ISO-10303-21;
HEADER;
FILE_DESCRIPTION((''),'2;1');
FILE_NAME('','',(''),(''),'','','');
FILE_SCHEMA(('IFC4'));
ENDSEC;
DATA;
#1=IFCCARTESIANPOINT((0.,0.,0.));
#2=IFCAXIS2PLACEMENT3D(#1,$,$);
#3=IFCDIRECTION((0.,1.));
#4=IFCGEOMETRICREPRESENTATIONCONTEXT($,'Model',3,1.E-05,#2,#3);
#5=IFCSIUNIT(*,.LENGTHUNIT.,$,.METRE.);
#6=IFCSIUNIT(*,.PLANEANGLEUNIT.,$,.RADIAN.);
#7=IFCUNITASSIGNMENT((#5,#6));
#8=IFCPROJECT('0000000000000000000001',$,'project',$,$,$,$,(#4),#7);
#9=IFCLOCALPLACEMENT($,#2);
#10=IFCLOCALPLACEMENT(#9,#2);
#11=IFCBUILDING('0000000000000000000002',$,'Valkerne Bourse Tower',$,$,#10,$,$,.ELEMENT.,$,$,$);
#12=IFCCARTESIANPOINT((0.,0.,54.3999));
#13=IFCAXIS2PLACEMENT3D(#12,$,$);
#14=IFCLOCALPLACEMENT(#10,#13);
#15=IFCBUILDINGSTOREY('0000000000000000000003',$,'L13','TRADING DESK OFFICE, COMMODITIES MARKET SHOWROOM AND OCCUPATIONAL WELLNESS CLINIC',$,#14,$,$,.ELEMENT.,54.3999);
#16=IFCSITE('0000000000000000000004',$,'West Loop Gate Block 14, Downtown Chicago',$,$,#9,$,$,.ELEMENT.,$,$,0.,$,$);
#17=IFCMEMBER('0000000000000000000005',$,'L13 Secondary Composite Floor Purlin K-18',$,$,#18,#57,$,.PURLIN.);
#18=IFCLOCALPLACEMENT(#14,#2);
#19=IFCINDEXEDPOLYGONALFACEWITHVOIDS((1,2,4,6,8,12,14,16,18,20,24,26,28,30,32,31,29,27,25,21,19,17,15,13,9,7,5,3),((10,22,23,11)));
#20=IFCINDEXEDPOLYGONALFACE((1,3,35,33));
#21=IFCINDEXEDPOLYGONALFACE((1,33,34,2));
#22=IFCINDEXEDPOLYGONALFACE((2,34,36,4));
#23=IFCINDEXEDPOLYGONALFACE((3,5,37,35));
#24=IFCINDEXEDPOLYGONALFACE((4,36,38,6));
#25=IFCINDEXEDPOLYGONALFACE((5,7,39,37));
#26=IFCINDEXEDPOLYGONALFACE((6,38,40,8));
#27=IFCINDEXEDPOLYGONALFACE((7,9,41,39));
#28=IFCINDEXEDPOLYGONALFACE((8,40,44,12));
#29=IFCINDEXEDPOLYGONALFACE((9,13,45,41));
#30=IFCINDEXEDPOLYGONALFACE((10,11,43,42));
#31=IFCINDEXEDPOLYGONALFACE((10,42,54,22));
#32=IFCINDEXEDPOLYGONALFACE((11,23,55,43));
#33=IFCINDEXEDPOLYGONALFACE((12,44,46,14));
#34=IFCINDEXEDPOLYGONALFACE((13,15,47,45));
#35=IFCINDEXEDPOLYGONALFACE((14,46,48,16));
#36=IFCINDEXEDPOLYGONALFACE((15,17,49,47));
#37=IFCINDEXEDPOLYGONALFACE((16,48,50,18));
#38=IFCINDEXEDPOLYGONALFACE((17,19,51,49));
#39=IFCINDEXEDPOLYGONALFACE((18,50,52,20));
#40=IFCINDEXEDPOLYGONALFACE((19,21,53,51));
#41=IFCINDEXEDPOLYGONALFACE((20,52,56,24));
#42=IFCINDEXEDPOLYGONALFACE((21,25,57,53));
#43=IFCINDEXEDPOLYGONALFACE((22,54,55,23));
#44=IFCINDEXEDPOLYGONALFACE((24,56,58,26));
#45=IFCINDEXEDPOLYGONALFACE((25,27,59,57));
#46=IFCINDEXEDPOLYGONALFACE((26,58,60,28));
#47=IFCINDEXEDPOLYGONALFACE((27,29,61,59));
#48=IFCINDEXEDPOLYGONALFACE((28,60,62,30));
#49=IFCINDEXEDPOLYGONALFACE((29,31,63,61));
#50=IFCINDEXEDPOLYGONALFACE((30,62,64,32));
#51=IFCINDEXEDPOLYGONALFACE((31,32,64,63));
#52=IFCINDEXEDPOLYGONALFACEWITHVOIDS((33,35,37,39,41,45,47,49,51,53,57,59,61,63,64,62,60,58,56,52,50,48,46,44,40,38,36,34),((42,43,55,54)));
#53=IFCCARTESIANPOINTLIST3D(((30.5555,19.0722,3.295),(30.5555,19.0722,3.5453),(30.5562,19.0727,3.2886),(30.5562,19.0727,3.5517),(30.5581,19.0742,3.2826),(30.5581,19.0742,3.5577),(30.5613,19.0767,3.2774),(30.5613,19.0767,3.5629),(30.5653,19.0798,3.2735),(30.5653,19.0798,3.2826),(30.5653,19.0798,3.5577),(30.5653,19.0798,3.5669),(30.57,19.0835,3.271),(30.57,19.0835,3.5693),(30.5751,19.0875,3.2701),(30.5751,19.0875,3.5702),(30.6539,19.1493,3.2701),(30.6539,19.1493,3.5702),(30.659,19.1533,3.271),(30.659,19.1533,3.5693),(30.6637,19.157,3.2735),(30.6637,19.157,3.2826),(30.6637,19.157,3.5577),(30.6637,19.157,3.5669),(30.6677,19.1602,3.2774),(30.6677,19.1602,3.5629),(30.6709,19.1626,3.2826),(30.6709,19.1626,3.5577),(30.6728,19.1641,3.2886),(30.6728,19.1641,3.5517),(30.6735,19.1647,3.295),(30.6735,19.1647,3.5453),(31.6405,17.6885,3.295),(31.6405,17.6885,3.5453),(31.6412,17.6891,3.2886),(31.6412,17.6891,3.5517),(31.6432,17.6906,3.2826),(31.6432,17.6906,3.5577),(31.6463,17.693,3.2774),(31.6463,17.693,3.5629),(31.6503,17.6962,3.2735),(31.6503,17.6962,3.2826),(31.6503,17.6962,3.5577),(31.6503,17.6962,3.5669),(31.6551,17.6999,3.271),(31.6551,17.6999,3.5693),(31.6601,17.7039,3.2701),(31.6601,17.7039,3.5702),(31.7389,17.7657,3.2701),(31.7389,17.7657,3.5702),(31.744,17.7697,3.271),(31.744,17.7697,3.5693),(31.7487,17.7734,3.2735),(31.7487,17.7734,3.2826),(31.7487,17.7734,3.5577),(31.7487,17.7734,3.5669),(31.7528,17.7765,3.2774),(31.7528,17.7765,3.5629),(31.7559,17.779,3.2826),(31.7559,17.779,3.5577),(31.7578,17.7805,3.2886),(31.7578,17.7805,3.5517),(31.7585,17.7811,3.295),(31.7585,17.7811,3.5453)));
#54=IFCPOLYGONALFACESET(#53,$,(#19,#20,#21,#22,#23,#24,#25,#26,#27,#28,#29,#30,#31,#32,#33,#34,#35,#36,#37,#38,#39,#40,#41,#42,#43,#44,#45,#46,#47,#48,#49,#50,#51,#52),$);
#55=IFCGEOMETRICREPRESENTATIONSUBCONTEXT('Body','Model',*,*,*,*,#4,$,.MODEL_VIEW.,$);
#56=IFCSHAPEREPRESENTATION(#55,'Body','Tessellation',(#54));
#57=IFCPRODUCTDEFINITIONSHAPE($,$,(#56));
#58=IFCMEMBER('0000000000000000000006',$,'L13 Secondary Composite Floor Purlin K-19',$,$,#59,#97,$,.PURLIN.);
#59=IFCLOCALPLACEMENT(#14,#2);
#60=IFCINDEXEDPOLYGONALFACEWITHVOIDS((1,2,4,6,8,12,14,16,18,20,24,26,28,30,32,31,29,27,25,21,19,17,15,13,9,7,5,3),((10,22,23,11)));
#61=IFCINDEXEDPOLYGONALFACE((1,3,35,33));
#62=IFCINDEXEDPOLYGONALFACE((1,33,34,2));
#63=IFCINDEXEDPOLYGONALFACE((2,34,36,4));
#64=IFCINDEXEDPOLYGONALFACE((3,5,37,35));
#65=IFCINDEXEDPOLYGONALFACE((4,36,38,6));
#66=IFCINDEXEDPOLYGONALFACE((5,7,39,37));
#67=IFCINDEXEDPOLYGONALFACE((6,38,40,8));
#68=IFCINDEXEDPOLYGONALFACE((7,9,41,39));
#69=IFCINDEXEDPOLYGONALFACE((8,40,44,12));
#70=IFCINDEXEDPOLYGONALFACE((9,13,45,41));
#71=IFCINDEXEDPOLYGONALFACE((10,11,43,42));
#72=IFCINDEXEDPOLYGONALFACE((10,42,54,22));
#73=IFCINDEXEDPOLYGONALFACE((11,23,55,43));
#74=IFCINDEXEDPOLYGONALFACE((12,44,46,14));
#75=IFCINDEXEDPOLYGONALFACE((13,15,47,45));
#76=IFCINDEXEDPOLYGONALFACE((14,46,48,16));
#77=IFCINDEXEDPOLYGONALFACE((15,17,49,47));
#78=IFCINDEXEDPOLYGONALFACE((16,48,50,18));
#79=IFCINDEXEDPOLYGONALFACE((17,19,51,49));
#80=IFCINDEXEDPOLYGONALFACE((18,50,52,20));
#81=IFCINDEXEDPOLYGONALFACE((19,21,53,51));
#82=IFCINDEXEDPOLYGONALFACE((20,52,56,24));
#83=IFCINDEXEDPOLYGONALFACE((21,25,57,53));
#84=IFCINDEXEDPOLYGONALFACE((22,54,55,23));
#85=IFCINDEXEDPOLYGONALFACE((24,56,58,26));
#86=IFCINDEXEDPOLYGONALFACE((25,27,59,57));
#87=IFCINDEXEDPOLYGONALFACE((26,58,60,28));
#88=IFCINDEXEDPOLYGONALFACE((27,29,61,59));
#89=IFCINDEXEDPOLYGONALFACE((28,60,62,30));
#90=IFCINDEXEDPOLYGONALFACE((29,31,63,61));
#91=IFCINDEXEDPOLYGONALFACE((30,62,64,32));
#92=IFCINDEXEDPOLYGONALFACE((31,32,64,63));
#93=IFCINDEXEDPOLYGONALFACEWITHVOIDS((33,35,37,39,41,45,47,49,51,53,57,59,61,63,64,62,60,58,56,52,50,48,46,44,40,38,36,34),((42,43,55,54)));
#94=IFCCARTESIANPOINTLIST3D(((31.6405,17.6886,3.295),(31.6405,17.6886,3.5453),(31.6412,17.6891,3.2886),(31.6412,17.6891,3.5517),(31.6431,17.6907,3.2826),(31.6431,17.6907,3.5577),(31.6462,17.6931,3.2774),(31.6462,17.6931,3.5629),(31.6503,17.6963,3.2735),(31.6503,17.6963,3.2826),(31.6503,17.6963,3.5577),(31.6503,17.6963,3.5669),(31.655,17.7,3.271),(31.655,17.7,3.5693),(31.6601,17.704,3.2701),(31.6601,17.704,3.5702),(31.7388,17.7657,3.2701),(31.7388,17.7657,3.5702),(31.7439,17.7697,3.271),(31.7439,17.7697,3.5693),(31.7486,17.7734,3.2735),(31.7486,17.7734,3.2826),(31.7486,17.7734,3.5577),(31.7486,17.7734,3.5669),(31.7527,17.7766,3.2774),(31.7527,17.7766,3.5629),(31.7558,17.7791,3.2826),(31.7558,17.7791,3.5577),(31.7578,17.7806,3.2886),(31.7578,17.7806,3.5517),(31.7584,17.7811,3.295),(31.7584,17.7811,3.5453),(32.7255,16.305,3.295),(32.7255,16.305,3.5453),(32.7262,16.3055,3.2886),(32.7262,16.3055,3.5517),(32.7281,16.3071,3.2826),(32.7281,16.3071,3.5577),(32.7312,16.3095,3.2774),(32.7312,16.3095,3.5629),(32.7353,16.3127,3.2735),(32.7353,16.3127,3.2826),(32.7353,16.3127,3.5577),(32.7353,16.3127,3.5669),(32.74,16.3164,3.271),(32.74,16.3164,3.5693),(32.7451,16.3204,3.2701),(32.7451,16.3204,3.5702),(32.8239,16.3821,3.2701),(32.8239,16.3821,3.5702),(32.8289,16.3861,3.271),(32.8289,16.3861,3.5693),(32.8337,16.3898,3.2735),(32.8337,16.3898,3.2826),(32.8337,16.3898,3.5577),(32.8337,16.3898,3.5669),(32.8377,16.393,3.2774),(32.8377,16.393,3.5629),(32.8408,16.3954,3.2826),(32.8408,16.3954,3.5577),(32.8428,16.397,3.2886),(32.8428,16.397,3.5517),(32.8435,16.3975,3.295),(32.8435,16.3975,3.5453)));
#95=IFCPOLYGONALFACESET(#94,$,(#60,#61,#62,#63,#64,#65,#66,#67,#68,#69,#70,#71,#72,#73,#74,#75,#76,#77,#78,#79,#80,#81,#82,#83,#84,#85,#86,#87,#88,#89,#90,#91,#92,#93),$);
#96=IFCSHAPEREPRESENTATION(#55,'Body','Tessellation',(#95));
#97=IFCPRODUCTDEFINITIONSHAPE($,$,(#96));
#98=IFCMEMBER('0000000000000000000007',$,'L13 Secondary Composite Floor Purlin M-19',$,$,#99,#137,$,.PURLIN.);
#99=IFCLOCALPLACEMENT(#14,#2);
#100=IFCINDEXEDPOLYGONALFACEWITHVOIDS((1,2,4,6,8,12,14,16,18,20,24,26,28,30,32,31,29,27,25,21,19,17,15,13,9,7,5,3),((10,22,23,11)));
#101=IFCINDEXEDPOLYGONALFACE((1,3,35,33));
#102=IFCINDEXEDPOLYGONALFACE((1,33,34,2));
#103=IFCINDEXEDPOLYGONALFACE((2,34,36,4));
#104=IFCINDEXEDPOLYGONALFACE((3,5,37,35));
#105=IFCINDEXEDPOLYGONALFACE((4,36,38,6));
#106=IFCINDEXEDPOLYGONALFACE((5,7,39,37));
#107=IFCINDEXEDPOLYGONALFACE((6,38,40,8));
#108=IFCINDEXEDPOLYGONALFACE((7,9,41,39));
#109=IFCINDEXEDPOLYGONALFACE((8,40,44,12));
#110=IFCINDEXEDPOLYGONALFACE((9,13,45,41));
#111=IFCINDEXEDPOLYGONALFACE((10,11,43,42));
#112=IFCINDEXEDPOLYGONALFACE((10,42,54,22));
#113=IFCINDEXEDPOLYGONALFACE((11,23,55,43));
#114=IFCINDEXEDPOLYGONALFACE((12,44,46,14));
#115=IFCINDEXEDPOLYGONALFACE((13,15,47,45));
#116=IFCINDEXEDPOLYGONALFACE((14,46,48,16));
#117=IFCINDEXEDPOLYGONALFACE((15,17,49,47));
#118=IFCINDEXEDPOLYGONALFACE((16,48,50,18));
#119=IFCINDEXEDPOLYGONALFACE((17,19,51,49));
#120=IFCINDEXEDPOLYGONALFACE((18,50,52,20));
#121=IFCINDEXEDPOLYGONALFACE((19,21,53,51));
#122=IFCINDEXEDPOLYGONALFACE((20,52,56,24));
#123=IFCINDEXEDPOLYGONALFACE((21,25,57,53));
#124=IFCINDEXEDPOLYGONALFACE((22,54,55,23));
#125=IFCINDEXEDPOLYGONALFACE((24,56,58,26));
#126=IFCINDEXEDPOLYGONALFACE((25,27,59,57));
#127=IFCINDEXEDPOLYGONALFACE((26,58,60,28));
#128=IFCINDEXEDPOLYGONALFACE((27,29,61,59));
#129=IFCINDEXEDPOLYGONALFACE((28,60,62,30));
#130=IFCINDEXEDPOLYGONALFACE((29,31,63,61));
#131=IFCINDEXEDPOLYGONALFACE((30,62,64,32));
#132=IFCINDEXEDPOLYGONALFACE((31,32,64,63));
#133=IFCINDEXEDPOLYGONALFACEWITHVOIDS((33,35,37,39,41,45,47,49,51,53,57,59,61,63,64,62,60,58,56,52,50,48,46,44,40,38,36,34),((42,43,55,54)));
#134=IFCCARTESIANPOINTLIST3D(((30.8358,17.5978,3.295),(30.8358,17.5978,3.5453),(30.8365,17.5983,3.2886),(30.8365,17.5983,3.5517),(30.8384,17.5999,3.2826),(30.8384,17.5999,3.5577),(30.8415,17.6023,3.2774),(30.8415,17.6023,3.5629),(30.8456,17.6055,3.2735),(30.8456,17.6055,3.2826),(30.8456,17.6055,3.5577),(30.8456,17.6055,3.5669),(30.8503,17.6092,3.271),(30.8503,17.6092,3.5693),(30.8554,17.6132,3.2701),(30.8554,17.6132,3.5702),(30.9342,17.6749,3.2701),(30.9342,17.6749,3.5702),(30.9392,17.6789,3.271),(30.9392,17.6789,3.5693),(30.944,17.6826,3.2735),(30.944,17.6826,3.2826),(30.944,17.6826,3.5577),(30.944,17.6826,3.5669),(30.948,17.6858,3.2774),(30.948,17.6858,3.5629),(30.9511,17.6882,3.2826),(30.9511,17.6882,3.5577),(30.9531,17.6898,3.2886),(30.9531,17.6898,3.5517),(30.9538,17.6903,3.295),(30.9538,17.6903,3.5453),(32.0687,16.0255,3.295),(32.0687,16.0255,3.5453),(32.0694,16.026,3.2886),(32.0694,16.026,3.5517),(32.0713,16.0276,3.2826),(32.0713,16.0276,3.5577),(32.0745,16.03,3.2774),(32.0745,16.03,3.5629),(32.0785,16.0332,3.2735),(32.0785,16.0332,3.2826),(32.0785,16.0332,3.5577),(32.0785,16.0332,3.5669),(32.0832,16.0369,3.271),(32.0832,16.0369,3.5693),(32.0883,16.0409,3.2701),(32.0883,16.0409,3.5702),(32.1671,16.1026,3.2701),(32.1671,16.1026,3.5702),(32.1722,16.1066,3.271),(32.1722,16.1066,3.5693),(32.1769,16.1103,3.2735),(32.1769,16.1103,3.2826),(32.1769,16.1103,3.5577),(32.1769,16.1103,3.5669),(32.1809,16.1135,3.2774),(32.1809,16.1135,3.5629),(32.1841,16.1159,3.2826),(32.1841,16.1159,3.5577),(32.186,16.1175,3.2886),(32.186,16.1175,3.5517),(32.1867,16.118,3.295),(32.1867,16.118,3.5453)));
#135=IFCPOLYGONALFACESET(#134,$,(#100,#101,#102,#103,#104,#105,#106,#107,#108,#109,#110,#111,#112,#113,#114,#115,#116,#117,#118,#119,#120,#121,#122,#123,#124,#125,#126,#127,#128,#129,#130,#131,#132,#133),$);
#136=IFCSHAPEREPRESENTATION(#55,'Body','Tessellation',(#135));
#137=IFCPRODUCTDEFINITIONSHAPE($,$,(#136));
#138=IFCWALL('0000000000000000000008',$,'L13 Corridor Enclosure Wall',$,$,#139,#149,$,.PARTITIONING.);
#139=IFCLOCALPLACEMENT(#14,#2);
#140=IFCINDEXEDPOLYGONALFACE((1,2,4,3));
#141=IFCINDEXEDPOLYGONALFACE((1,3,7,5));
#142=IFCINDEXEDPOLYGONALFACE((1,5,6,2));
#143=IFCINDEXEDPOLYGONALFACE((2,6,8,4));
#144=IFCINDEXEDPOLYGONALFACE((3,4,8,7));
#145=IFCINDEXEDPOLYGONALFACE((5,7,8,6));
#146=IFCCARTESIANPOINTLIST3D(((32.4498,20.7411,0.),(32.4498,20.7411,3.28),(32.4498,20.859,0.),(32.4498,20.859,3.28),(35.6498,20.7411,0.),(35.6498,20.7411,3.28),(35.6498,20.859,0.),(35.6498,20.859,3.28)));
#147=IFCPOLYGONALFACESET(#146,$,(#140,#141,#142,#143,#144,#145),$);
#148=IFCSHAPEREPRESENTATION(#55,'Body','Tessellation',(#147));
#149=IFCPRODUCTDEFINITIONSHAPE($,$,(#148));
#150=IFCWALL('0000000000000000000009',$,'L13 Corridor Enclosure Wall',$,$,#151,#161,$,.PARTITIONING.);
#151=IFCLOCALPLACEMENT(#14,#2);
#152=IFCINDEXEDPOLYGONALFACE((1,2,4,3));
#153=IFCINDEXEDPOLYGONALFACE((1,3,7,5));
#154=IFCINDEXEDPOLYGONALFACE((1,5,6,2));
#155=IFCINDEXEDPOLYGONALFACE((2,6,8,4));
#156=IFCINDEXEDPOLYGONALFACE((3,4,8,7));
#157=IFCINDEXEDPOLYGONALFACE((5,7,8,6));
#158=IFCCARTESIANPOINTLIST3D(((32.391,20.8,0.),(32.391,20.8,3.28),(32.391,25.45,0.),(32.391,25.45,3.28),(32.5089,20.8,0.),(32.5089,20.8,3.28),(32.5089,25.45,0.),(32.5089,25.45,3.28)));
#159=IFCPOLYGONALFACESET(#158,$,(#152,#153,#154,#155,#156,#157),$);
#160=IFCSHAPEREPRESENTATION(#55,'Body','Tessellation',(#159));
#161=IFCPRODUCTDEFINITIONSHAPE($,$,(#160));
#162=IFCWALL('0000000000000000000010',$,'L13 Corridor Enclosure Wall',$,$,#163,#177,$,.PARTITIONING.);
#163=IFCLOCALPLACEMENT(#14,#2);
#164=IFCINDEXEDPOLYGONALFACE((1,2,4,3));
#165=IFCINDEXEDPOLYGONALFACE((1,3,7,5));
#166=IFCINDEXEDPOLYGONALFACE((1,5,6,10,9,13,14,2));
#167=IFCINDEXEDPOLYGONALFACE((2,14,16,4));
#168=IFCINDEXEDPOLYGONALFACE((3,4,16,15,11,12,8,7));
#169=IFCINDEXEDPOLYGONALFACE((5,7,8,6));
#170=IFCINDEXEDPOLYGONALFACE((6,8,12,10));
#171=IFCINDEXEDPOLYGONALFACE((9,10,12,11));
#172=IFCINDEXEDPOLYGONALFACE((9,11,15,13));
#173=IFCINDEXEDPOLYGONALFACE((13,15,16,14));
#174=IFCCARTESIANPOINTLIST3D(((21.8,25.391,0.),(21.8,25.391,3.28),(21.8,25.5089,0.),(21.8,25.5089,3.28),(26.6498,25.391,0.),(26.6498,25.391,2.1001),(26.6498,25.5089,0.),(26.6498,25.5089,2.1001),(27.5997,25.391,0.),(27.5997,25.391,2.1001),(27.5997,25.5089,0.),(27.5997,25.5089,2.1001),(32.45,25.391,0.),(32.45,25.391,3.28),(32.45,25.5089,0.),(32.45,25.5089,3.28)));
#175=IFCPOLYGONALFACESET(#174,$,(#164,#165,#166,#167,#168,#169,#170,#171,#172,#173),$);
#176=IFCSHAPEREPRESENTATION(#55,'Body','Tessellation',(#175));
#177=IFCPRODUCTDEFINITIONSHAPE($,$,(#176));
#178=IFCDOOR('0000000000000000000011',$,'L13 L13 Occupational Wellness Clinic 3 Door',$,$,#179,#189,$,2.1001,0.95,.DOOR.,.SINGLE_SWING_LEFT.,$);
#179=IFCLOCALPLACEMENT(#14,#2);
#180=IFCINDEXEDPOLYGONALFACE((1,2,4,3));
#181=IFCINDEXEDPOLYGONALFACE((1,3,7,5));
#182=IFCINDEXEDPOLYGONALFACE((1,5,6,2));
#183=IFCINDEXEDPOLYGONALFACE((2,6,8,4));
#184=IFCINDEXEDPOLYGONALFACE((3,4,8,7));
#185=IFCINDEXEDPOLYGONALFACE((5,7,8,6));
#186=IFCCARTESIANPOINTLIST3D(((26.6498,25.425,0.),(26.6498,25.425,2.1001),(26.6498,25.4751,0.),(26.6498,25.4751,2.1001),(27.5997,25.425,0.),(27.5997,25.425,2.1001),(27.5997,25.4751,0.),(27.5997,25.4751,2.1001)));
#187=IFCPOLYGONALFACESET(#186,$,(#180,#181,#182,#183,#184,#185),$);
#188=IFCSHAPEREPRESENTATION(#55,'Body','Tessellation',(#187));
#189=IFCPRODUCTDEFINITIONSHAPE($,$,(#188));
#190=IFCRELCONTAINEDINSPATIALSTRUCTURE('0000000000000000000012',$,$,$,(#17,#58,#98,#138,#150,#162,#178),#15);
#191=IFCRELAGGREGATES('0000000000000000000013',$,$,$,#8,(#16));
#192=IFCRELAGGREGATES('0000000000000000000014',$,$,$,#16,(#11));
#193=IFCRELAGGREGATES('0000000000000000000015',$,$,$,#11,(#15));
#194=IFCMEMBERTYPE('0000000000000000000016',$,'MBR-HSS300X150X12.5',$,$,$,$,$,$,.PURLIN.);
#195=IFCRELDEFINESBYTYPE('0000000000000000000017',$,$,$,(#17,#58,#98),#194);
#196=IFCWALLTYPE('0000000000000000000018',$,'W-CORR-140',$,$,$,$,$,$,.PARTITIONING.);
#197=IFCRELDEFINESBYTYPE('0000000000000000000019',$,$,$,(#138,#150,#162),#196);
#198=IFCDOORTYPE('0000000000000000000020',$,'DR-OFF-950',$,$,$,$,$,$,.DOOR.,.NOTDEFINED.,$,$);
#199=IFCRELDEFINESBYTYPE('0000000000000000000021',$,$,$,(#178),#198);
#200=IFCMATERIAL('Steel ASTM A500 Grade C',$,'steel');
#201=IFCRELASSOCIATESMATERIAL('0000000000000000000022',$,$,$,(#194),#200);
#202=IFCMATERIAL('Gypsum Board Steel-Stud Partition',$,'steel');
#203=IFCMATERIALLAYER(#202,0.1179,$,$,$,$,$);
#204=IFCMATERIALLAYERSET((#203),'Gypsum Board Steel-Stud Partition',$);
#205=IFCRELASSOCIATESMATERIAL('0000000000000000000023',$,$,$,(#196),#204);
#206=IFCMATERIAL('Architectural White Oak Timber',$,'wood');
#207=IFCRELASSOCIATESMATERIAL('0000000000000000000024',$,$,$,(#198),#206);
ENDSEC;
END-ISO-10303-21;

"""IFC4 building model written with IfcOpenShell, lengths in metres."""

from ifc_helpers import new_model, si_unit, direction, frame, frame_2d, origin, origin_2d, place, context, subcontext, project, spatial, rectangle, hollow_rectangle, extrude, material, layer, layer_set, material_profile, profile_set, type_object, element, fill, save


model = new_model("IFC4")

# Units and contexts
model_context = context("Model", 3, precision=1e-05, world=origin(), true_north=direction((0.0, 1.0)))
body_context = subcontext(model_context, "Body", "Model", "MODEL_VIEW")
ifc_project = project(units=[si_unit("LENGTHUNIT", "METRE"), si_unit("PLANEANGLEUNIT", "RADIAN")], contexts=[model_context])

# Site, building, storey
site_placement = place(None, origin())
site = spatial("IfcSite", under=ifc_project, at=site_placement, Name="West Loop Gate Block 14, Downtown Chicago", CompositionType="ELEMENT", RefElevation=0.0)
building_placement = place(site_placement, origin())
building = spatial("IfcBuilding", under=site, at=building_placement, Name="Valkerne Bourse Tower", CompositionType="ELEMENT")
storey_placement = place(building_placement, frame((0.0, 0.0, 54.3999)))
storey = spatial("IfcBuildingStorey", under=building, at=storey_placement, Name="L13", Description="TRADING DESK OFFICE, COMMODITIES MARKET SHOWROOM AND OCCUPATIONAL WELLNESS CLINIC", CompositionType="ELEMENT", Elevation=54.3999)

# Members
ifc_material_1 = material(Name="Steel ASTM A500 Grade C", Category="steel")
ifc_material_profile = material_profile(ifc_material_1, hollow_rectangle(XDim=0.1499, YDim=0.3, WallThickness=0.0125, OuterFilletRadius=0.0249, at=origin_2d()), Name="HSS300X150X12.5")
ifc_profile_set = profile_set([ifc_material_profile], Name="Steel ASTM A500 Grade C")
member_type = type_object("IfcMemberType", Name="MBR-HSS300X150X12.5", PredefinedType="PURLIN", material=ifc_profile_set)
for number, where, z_axis, x_axis, name in (
    (1, (30.6145, 19.1184, 3.4202), (0.617079, -0.786901, 0.0), (0.786901, 0.617079, 0.0), "L13 Secondary Composite Floor Purlin K-18"),
    (2, (31.6995, 17.7349, 3.4202), (0.617079, -0.786901, 0.0), (0.786901, 0.617079, 0.0), "L13 Secondary Composite Floor Purlin K-19"),
):
    element("IfcMember", number, at=place(storey_placement, frame(where, z_axis=z_axis, x_axis=x_axis)), inside=storey, type_object=member_type, Name=name, PredefinedType="PURLIN", context=body_context, shape_type="SweptSolid", body=[
        extrude(hollow_rectangle(XDim=0.1499, YDim=0.3, WallThickness=0.0125, OuterFilletRadius=0.0249, at=origin_2d()), origin(), (0.0, 0.0, 1.0), 1.7583),
    ])
member_placement = place(storey_placement, frame((30.8948, 17.644, 3.4202), z_axis=(0.617066, -0.786912, 0.0), x_axis=(0.786912, 0.617066, 0.0)))
element("IfcMember", 3, at=member_placement, inside=storey, type_object=member_type, Name="L13 Secondary Composite Floor Purlin M-19", PredefinedType="PURLIN", context=body_context, shape_type="SweptSolid", body=[
    extrude(hollow_rectangle(XDim=0.1499, YDim=0.3, WallThickness=0.0125, OuterFilletRadius=0.0249, at=origin_2d()), origin(), (0.0, 0.0, 1.0), 1.998),
])

# Walls
ifc_material_2 = material(Name="Gypsum Board Steel-Stud Partition", Category="steel")
ifc_layer_1 = layer(ifc_material_2, 0.1179)
ifc_layer_set_1 = layer_set([ifc_layer_1], Name="Gypsum Board Steel-Stud Partition")
wall_type_1 = type_object("IfcWallType", Name="W-CORR-140", PredefinedType="PARTITIONING", material=ifc_layer_set_1)
wall_1_placement = place(storey_placement, frame((35.6499, 20.8, 0.0), z_axis=(0.0, 0.0, 1.0), x_axis=(-1.0, 0.0, 0.0)))
element("IfcWall", 4, at=wall_1_placement, inside=storey, type_object=wall_type_1, Name="L13 Corridor Enclosure Wall", PredefinedType="PARTITIONING", context=body_context, shape_type="SweptSolid", body=[
    extrude(rectangle(XDim=3.2, YDim=0.1179, at=frame_2d((1.6001, 0.0))), origin(), (0.0, 0.0, 1.0), 3.28),
])
wall_2_placement = place(storey_placement, frame((32.45, 20.8, 0.0), z_axis=(0.0, 0.0, 1.0), x_axis=(0.0, 1.0, 0.0)))
element("IfcWall", 5, at=wall_2_placement, inside=storey, type_object=wall_type_1, Name="L13 Corridor Enclosure Wall", PredefinedType="PARTITIONING", context=body_context, shape_type="SweptSolid", body=[
    extrude(rectangle(XDim=4.6499, YDim=0.1179, at=frame_2d((2.325, 0.0))), origin(), (0.0, 0.0, 1.0), 3.28),
])

# Wall, opening, door
wall_3_placement = place(storey_placement, frame((32.45, 25.45, 0.0), z_axis=(0.0, 0.0, 1.0), x_axis=(-1.0, 0.0, 0.0)))
wall_3 = element("IfcWall", 6, at=wall_3_placement, inside=storey, type_object=wall_type_1, Name="L13 Corridor Enclosure Wall", PredefinedType="PARTITIONING", context=body_context, shape_type="SweptSolid", body=[
    extrude(rectangle(XDim=10.6499, YDim=0.1179, at=frame_2d((5.325, 0.0))), origin(), (0.0, 0.0, 1.0), 3.28),
])
opening_1_placement = place(wall_3_placement, frame((4.8501, 0.0, 0.0)))
opening_1 = element("IfcOpeningElement", 7, at=opening_1_placement, cuts=wall_3, PredefinedType="OPENING", context=body_context, shape_type="SweptSolid", body=[
    extrude(rectangle(XDim=0.95, YDim=2.1001, at=frame_2d((0.4751, 1.05))), frame((0.0, 0.0688, 0.0), z_axis=(0.0, -1.0, 0.0), x_axis=(1.0, 0.0, 0.0)), (0.0, 0.0, 1.0), 0.1379),
])
ifc_material_3 = material(Name="Architectural White Oak Timber", Category="wood")
door_type_1 = type_object("IfcDoorType", Name="DR-OFF-950", OperationType="NOTDEFINED", PredefinedType="DOOR", material=ifc_material_3)
door_1_placement = place(opening_1_placement, origin())
door_1 = element("IfcDoor", 8, at=door_1_placement, inside=storey, type_object=door_type_1, Name="L13 L13 Occupational Wellness Clinic 3 Door", OperationType="SINGLE_SWING_LEFT", OverallHeight=2.1001, OverallWidth=0.95, PredefinedType="DOOR", context=body_context, shape_type="SweptSolid", body=[
    extrude(rectangle(XDim=0.95, YDim=2.1001, at=frame_2d((0.4751, 1.05))), frame((0.0, 0.0249, 0.0), z_axis=(0.0, -1.0, 0.0), x_axis=(1.0, 0.0, 0.0)), (0.0, 0.0, 1.0), 0.05),
])
fill(opening_1, door_1)

save(model, "model.ifc")
